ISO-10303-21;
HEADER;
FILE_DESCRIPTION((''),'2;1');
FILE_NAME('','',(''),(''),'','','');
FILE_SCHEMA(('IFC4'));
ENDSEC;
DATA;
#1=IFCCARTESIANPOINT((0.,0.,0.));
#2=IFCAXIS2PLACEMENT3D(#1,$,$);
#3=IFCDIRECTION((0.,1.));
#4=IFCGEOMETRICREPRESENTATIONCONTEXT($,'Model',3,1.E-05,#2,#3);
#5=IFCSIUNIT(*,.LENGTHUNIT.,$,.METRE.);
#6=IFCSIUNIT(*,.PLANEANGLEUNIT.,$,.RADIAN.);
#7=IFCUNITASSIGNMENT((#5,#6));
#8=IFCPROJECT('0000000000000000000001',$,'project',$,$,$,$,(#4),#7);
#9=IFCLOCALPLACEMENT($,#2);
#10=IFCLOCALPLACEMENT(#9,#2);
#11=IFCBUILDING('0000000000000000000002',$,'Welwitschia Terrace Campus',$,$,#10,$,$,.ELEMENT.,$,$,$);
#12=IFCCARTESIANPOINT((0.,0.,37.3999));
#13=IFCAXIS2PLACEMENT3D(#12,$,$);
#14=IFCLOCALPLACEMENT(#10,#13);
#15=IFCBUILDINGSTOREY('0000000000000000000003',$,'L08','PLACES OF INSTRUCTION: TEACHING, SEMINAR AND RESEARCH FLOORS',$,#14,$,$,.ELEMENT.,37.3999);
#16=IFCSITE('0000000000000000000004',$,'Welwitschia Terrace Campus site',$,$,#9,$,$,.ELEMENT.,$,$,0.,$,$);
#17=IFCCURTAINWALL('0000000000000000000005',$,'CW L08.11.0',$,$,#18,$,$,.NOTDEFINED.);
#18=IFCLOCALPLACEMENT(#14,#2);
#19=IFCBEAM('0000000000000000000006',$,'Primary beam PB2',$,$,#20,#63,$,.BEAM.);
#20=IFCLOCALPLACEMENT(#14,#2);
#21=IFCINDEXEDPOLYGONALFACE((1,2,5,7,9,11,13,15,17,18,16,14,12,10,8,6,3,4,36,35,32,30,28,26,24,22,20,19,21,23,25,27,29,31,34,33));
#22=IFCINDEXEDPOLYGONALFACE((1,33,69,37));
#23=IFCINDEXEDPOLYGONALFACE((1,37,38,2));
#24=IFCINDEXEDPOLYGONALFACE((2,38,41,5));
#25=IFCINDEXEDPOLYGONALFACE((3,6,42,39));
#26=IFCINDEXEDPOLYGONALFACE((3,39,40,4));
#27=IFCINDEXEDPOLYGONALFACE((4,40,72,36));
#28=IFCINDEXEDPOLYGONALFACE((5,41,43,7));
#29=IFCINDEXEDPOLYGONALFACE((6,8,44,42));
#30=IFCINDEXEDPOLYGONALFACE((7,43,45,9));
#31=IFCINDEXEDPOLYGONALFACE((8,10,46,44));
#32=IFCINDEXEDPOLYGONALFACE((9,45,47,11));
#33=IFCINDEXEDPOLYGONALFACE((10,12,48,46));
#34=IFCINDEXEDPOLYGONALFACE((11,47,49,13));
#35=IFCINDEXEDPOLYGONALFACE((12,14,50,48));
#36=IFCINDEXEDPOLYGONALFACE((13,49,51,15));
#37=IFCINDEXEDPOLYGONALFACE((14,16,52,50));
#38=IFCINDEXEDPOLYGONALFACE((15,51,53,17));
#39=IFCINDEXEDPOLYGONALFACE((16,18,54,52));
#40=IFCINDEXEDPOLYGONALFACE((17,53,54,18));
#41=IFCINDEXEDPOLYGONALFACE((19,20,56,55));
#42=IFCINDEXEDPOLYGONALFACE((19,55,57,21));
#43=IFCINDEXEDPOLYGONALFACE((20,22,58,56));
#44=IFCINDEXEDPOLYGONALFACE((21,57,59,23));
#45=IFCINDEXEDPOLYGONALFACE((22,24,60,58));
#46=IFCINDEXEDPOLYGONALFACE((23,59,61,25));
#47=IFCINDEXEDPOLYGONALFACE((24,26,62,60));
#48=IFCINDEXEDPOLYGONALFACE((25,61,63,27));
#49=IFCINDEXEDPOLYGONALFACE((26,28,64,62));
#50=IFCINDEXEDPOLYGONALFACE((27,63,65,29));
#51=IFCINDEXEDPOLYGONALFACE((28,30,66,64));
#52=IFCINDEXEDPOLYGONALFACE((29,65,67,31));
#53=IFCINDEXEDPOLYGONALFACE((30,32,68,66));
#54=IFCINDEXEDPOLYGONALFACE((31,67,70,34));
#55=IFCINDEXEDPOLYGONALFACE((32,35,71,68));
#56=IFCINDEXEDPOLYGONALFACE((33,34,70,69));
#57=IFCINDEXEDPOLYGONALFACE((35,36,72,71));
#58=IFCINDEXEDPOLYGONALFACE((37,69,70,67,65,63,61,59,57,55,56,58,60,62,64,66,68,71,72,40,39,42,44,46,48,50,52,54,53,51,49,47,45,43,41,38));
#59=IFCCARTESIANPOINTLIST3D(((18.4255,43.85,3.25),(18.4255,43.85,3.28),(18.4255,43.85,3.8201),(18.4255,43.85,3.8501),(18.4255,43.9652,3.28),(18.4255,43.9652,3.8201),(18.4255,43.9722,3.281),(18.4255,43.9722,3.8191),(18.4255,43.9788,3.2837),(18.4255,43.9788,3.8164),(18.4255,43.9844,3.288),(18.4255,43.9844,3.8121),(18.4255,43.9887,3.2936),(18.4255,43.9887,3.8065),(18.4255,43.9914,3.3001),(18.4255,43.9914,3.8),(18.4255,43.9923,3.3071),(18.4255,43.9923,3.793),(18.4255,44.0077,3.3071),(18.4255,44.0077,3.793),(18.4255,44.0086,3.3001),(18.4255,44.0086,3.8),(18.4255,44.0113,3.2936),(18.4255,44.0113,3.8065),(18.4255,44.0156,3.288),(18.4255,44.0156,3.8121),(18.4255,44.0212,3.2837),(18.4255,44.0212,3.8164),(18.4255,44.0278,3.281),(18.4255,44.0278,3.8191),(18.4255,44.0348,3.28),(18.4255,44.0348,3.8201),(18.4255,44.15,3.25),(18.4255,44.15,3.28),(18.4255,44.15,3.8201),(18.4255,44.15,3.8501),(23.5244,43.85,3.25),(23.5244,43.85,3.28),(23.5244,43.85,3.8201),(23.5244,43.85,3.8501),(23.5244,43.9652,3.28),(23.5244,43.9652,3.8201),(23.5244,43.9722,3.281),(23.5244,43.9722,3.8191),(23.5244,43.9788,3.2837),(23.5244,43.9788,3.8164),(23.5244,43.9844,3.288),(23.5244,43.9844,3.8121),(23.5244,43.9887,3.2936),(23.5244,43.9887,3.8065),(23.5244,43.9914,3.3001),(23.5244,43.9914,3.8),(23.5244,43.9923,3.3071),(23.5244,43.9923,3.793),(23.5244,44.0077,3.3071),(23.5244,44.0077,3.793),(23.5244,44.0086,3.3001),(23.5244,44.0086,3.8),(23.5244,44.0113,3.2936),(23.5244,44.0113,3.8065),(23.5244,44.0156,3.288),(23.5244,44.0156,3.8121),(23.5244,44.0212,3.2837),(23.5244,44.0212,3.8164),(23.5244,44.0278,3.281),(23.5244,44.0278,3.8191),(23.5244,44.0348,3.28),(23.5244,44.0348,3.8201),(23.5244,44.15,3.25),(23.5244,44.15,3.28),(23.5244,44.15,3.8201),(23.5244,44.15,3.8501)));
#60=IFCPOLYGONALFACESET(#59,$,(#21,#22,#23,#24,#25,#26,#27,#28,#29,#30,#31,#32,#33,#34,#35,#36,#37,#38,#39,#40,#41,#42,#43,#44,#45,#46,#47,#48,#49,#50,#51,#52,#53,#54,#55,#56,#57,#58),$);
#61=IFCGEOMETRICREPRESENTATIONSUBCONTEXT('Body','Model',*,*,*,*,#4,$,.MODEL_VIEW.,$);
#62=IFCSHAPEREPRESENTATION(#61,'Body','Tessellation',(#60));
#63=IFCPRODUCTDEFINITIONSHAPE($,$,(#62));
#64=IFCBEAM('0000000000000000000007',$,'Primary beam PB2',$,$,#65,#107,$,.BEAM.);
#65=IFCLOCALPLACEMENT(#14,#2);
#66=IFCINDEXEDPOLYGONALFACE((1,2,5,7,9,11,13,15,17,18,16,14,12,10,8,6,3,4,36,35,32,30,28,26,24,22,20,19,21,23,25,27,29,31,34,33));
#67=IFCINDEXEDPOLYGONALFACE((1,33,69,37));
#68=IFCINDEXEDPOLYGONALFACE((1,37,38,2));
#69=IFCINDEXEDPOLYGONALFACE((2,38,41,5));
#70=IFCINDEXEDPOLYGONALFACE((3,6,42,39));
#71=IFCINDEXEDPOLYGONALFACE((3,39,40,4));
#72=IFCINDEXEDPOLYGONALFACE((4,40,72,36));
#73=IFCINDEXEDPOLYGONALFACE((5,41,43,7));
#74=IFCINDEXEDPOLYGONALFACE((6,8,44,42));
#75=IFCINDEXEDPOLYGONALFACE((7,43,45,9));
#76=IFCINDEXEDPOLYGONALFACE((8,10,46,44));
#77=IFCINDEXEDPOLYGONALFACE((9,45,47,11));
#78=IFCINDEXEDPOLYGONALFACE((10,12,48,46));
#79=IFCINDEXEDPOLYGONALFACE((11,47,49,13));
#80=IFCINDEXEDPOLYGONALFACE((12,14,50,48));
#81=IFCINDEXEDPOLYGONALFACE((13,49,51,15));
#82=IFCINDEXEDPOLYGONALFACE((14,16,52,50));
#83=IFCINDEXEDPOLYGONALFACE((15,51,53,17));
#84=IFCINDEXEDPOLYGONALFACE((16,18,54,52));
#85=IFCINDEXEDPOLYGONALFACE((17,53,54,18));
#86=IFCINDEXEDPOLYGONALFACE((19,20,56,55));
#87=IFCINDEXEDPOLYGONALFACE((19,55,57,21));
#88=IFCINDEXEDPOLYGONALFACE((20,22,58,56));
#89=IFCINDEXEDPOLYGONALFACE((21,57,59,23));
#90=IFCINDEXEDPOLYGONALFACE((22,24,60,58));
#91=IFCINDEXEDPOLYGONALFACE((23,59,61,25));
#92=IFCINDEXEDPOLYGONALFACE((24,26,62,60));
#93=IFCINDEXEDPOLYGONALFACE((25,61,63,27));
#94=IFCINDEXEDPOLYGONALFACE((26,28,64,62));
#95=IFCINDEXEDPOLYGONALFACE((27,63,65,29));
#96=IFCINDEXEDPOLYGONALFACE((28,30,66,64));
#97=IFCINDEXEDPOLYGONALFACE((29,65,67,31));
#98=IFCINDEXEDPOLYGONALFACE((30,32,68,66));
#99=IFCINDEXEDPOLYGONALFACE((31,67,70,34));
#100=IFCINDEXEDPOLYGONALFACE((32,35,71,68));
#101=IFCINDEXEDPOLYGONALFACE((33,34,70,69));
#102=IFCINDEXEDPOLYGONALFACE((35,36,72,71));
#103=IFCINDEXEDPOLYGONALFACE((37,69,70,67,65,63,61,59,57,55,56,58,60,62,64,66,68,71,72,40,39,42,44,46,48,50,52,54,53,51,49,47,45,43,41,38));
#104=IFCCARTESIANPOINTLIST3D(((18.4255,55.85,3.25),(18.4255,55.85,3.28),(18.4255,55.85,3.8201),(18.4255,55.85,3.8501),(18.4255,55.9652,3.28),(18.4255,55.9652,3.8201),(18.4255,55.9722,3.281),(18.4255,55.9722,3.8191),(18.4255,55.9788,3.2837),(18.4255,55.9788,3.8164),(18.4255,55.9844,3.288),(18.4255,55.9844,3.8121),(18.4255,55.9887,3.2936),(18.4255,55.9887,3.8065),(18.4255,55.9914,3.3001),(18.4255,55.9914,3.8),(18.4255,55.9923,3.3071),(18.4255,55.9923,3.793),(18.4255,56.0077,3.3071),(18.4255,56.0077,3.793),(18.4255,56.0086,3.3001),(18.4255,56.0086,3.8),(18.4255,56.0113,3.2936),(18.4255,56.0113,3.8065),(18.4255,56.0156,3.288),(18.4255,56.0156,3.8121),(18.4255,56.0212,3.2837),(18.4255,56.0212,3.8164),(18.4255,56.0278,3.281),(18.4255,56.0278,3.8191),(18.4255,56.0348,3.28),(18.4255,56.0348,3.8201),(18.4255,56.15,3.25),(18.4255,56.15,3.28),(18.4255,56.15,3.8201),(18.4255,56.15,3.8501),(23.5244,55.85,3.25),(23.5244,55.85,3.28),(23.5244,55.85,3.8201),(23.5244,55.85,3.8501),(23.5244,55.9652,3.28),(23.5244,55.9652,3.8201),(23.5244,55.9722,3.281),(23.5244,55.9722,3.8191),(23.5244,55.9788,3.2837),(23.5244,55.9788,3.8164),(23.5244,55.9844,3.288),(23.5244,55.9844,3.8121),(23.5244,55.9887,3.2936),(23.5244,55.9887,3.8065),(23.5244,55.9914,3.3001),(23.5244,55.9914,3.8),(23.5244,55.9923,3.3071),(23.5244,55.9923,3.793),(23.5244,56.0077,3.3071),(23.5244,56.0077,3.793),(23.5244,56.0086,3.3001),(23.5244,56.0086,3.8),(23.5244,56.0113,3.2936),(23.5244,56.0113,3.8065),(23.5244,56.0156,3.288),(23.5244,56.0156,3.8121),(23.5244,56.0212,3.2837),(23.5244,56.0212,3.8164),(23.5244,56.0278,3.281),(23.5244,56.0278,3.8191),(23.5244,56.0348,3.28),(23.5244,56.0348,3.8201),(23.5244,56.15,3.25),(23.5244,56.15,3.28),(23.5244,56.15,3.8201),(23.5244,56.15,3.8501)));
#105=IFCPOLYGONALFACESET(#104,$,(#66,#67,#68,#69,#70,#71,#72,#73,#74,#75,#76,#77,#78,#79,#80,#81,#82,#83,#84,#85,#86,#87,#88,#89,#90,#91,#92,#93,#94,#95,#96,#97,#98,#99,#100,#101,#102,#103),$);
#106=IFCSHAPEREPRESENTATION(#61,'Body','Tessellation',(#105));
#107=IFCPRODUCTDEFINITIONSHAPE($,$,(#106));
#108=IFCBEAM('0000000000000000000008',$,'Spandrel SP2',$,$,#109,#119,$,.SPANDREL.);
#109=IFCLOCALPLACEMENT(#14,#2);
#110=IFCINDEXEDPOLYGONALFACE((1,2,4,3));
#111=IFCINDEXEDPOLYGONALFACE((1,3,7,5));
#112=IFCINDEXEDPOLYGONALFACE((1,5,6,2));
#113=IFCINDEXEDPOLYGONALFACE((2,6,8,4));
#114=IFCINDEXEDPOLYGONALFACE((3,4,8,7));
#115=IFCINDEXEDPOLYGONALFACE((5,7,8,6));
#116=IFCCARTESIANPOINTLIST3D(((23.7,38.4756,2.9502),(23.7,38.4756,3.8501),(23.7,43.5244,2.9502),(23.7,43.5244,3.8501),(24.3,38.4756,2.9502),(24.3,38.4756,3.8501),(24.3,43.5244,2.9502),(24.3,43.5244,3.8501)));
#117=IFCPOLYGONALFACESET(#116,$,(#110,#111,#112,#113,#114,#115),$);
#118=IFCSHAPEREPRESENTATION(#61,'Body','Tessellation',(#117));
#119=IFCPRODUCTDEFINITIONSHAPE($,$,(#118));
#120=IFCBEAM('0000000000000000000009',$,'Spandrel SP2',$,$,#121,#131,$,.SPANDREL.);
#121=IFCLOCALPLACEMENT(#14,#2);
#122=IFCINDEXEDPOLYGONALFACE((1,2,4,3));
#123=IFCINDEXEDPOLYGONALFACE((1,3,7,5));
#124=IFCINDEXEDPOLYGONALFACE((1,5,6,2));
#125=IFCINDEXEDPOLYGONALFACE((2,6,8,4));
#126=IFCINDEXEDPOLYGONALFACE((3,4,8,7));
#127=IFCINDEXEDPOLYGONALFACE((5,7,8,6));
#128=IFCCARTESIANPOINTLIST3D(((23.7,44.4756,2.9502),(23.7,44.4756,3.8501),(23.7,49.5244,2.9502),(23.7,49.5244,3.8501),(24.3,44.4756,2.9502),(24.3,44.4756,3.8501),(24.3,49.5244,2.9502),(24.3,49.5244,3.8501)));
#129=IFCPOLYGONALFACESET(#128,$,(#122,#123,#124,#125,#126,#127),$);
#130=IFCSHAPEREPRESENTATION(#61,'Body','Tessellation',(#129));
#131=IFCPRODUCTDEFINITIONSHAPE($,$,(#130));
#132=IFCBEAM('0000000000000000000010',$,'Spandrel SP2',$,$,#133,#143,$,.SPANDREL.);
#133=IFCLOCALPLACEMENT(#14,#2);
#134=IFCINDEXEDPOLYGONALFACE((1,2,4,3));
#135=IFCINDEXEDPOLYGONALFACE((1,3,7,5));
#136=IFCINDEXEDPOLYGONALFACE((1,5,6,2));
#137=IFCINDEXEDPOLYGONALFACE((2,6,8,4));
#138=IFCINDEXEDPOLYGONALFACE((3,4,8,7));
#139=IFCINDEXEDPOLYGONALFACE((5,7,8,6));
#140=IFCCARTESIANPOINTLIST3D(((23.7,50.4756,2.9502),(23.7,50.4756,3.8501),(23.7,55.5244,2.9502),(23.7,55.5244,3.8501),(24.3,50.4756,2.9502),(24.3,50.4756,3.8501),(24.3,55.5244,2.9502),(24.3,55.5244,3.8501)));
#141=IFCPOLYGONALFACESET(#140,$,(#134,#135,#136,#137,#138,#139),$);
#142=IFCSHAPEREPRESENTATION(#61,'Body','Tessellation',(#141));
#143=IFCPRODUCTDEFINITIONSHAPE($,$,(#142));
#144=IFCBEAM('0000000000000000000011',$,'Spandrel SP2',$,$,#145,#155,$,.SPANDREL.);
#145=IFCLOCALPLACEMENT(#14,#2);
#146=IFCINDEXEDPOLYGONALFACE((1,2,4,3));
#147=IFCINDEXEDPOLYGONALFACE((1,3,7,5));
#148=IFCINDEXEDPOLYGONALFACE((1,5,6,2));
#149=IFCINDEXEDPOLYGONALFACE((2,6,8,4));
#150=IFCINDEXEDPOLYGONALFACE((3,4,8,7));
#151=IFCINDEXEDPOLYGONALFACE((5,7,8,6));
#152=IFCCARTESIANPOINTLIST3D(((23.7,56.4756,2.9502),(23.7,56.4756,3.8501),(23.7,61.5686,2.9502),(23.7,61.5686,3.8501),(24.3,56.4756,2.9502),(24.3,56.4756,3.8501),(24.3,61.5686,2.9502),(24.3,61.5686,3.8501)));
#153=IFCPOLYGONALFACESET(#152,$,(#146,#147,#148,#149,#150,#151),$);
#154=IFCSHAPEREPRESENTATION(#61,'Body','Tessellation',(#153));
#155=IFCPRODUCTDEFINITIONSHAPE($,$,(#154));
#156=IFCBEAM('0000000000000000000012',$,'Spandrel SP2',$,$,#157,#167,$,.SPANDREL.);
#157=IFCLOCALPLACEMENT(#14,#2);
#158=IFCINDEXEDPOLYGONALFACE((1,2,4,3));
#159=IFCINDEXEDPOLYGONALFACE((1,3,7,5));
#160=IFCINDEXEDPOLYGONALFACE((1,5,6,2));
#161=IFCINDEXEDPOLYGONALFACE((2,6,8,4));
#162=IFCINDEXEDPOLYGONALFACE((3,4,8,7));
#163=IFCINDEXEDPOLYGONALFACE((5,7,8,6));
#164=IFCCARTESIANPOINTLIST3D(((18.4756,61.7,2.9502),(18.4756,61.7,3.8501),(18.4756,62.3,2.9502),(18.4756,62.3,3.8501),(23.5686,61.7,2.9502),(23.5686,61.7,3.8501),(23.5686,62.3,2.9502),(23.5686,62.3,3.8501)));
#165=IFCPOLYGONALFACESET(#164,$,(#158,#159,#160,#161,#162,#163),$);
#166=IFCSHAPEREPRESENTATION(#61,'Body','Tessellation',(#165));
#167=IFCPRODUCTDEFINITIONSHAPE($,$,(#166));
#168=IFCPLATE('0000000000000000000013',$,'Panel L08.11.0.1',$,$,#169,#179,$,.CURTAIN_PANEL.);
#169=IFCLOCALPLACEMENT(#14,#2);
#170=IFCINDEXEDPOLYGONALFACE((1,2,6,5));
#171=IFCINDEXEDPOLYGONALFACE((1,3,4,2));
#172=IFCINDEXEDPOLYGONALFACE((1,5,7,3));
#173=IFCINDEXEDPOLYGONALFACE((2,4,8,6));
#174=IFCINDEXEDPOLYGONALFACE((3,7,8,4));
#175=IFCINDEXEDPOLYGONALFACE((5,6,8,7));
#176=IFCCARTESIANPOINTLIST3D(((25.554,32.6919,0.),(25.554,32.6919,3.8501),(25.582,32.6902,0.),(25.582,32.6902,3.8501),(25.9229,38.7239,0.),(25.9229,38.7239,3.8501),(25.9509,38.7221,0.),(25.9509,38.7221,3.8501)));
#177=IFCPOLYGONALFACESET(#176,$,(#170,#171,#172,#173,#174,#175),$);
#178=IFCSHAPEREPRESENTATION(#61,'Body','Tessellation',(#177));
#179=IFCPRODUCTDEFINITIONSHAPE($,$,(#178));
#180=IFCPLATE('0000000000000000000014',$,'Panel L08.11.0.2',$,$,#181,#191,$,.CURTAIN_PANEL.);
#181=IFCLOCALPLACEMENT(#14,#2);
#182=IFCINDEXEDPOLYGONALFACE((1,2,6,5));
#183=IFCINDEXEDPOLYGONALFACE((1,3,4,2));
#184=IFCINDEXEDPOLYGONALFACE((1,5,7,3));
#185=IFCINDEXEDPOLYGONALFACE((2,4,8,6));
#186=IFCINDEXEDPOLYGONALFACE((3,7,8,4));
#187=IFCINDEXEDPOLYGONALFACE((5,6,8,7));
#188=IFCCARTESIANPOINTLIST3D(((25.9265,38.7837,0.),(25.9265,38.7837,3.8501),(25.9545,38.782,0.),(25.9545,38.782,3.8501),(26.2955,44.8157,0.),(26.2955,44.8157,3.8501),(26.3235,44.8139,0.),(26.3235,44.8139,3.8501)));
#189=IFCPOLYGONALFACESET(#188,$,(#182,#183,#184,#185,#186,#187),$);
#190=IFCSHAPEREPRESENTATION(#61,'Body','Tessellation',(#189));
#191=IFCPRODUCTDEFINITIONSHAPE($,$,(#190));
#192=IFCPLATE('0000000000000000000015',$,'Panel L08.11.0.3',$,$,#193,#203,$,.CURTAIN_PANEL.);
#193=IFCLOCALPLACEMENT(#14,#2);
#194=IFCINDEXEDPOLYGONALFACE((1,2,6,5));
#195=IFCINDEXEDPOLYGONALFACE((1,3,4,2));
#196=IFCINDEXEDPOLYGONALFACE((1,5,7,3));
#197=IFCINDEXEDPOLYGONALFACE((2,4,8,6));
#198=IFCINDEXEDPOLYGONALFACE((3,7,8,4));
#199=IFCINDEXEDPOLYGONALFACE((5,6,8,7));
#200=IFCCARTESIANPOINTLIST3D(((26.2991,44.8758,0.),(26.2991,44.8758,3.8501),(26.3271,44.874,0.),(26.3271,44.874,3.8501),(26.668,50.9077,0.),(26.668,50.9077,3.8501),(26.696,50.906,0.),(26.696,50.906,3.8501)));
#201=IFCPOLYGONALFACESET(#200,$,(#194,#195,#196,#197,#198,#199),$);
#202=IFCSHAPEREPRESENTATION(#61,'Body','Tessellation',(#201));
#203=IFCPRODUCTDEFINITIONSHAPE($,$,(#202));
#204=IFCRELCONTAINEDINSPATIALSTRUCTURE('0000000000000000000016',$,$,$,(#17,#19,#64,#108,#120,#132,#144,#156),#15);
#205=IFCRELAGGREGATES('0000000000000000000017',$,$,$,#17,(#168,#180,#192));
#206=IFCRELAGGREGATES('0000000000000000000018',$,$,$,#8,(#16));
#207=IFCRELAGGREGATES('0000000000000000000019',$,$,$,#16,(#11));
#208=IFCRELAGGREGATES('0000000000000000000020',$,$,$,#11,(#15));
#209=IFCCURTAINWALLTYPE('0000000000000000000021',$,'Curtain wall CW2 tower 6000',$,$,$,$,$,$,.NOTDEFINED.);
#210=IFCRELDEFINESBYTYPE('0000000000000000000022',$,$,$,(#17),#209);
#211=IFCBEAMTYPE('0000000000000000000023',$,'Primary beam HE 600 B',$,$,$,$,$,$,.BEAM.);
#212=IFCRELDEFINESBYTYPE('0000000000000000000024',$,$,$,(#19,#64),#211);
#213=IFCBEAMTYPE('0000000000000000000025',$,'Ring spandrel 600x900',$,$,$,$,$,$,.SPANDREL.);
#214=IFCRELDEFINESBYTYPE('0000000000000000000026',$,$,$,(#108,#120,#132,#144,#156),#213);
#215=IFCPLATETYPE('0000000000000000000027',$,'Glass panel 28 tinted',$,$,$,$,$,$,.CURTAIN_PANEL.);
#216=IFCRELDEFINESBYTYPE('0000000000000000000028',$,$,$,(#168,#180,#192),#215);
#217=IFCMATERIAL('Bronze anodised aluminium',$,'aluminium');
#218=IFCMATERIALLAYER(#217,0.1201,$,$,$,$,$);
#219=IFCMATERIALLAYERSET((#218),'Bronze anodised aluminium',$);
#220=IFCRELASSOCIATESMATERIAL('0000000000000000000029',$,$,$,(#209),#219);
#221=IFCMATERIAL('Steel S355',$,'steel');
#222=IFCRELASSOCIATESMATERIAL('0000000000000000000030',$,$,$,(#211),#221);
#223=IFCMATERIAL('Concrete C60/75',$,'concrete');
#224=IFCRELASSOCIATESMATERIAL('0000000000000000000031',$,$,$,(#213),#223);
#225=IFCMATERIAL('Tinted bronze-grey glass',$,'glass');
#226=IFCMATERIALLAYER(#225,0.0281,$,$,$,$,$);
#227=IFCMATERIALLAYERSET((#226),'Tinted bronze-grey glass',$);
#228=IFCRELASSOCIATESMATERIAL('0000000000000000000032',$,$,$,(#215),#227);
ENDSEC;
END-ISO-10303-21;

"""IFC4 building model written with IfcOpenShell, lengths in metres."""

from ifc_helpers import new_model, si_unit, direction, frame, origin, origin_2d, place, context, subcontext, project, spatial, rectangle, i_section, extrude, material, layer, layer_set, material_profile, profile_set, type_object, element, aggregate, save


model = new_model("IFC4")

# Units and contexts
model_context = context("Model", 3, precision=1e-05, world=origin(), true_north=direction((0.0, 1.0)))
body_context = subcontext(model_context, "Body", "Model", "MODEL_VIEW")
ifc_project = project(units=[si_unit("LENGTHUNIT", "METRE"), si_unit("PLANEANGLEUNIT", "RADIAN")], contexts=[model_context])

# Site, building, storey
site_placement = place(None, origin())
site = spatial("IfcSite", under=ifc_project, at=site_placement, Name="Welwitschia Terrace Campus site", CompositionType="ELEMENT", RefElevation=0.0)
building_placement = place(site_placement, origin())
building = spatial("IfcBuilding", under=site, at=building_placement, Name="Welwitschia Terrace Campus", CompositionType="ELEMENT")
storey_placement = place(building_placement, frame((0.0, 0.0, 37.3999)))
storey = spatial("IfcBuildingStorey", under=building, at=storey_placement, Name="L08", Description="PLACES OF INSTRUCTION: TEACHING, SEMINAR AND RESEARCH FLOORS", CompositionType="ELEMENT", Elevation=37.3999)

# Curtain wall
ifc_material_1 = material(Name="Bronze anodised aluminium", Category="aluminium")
ifc_layer_1 = layer(ifc_material_1, 0.1201)
ifc_layer_set_1 = layer_set([ifc_layer_1], Name="Bronze anodised aluminium")
curtain_wall_type = type_object("IfcCurtainWallType", Name="Curtain wall CW2 tower 6000", PredefinedType="NOTDEFINED", material=ifc_layer_set_1)
curtain_wall_1_placement = place(storey_placement, origin())
curtain_wall_1 = element("IfcCurtainWall", 1, at=curtain_wall_1_placement, inside=storey, type_object=curtain_wall_type, Name="CW L08.11.0", PredefinedType="NOTDEFINED")

# Beams
ifc_material_2 = material(Name="Steel S355", Category="steel")
ifc_material_profile_1 = material_profile(ifc_material_2, i_section(OverallWidth=0.3, OverallDepth=0.6001, WebThickness=0.0154, FlangeThickness=0.03, FilletRadius=0.0271, at=origin_2d()))
ifc_profile_set_1 = profile_set([ifc_material_profile_1], Name="Steel S355")
beam_type_1 = type_object("IfcBeamType", Name="Primary beam HE 600 B", PredefinedType="BEAM", material=ifc_profile_set_1)
for number, where, z_axis, x_axis, name in (
    (2, (23.5244, 44.0, 3.55), (-1.0, 0.0, 0.0), (0.0, -1.0, 0.0), "Primary beam PB2"),
    (3, (23.5244, 56.0, 3.55), (-1.0, 0.0, 0.0), (0.0, -1.0, 0.0), "Primary beam PB2"),
):
    element("IfcBeam", number, at=place(storey_placement, frame(where, z_axis=z_axis, x_axis=x_axis)), inside=storey, type_object=beam_type_1, Name=name, PredefinedType="BEAM", context=body_context, shape_type="SweptSolid", body=[
        extrude(i_section(OverallWidth=0.3, OverallDepth=0.6001, WebThickness=0.0154, FlangeThickness=0.03, FilletRadius=0.0271, at=origin_2d()), origin(), (0.0, 0.0, 1.0), 5.0989),
    ])
ifc_material_3 = material(Name="Concrete C60/75", Category="concrete")
ifc_material_profile_2 = material_profile(ifc_material_3, rectangle(XDim=0.6001, YDim=0.8999, at=origin_2d()))
ifc_profile_set_2 = profile_set([ifc_material_profile_2], Name="Concrete C60/75")
beam_type_2 = type_object("IfcBeamType", Name="Ring spandrel 600x900", PredefinedType="SPANDREL", material=ifc_profile_set_2)
for number, where, z_axis, x_axis, name in (
    (4, (24.0, 38.4756, 3.4001), (0.0, 1.0, 0.0), (-1.0, 0.0, 0.0), "Spandrel SP2"),
    (5, (24.0, 44.4756, 3.4001), (0.0, 1.0, 0.0), (-1.0, 0.0, 0.0), "Spandrel SP2"),
    (6, (24.0, 50.4756, 3.4001), (0.0, 1.0, 0.0), (-1.0, 0.0, 0.0), "Spandrel SP2"),
):
    element("IfcBeam", number, at=place(storey_placement, frame(where, z_axis=z_axis, x_axis=x_axis)), inside=storey, type_object=beam_type_2, Name=name, PredefinedType="SPANDREL", context=body_context, shape_type="SweptSolid", body=[
        extrude(rectangle(XDim=0.6001, YDim=0.8999, at=origin_2d()), origin(), (0.0, 0.0, 1.0), 5.0488),
    ])
for number, where, z_axis, x_axis, name in (
    (7, (24.0, 56.4756, 3.4001), (0.0, 1.0, 0.0), (-1.0, 0.0, 0.0), "Spandrel SP2"),
    (8, (23.5686, 62.0, 3.4001), (-1.0, 0.0, 0.0), (0.0, -1.0, 0.0), "Spandrel SP2"),
):
    element("IfcBeam", number, at=place(storey_placement, frame(where, z_axis=z_axis, x_axis=x_axis)), inside=storey, type_object=beam_type_2, Name=name, PredefinedType="SPANDREL", context=body_context, shape_type="SweptSolid", body=[
        extrude(rectangle(XDim=0.6001, YDim=0.8999, at=origin_2d()), origin(), (0.0, 0.0, 1.0), 5.093),
    ])

# Plates
ifc_material_4 = material(Name="Tinted bronze-grey glass", Category="glass")
ifc_layer_2 = layer(ifc_material_4, 0.0281)
ifc_layer_set_2 = layer_set([ifc_layer_2], Name="Tinted bronze-grey glass")
plate_type = type_object("IfcPlateType", Name="Glass panel 28 tinted", PredefinedType="CURTAIN_PANEL", material=ifc_layer_set_2)
plate_1_placement = place(storey_placement, frame((25.7524, 35.707, 0.0), z_axis=(0.0, 0.0, 1.0), x_axis=(0.061049, 0.998135, 0.0)))
plate_1 = element("IfcPlate", 9, at=plate_1_placement, type_object=plate_type, Name="Panel L08.11.0.1", PredefinedType="CURTAIN_PANEL", context=body_context, shape_type="SweptSolid", body=[
    extrude(rectangle(XDim=6.0432, YDim=0.0281, at=origin_2d()), origin(), (0.0, 0.0, 1.0), 3.8501),
])
plate_2_placement = place(storey_placement, frame((26.125, 41.7988, 0.0), z_axis=(0.0, 0.0, 1.0), x_axis=(0.061049, 0.998135, 0.0)))
plate_2 = element("IfcPlate", 10, at=plate_2_placement, type_object=plate_type, Name="Panel L08.11.0.2", PredefinedType="CURTAIN_PANEL", context=body_context, shape_type="SweptSolid", body=[
    extrude(rectangle(XDim=6.0432, YDim=0.0281, at=origin_2d()), origin(), (0.0, 0.0, 1.0), 3.8501),
])
plate_3_placement = place(storey_placement, frame((26.4976, 47.8909, 0.0), z_axis=(0.0, 0.0, 1.0), x_axis=(0.061049, 0.998135, 0.0)))
plate_3 = element("IfcPlate", 11, at=plate_3_placement, type_object=plate_type, Name="Panel L08.11.0.3", PredefinedType="CURTAIN_PANEL", context=body_context, shape_type="SweptSolid", body=[
    extrude(rectangle(XDim=6.0432, YDim=0.0281, at=origin_2d()), origin(), (0.0, 0.0, 1.0), 3.8501),
])
aggregate(curtain_wall_1, [plate_1, plate_2, plate_3])

save(model, "model.ifc")
